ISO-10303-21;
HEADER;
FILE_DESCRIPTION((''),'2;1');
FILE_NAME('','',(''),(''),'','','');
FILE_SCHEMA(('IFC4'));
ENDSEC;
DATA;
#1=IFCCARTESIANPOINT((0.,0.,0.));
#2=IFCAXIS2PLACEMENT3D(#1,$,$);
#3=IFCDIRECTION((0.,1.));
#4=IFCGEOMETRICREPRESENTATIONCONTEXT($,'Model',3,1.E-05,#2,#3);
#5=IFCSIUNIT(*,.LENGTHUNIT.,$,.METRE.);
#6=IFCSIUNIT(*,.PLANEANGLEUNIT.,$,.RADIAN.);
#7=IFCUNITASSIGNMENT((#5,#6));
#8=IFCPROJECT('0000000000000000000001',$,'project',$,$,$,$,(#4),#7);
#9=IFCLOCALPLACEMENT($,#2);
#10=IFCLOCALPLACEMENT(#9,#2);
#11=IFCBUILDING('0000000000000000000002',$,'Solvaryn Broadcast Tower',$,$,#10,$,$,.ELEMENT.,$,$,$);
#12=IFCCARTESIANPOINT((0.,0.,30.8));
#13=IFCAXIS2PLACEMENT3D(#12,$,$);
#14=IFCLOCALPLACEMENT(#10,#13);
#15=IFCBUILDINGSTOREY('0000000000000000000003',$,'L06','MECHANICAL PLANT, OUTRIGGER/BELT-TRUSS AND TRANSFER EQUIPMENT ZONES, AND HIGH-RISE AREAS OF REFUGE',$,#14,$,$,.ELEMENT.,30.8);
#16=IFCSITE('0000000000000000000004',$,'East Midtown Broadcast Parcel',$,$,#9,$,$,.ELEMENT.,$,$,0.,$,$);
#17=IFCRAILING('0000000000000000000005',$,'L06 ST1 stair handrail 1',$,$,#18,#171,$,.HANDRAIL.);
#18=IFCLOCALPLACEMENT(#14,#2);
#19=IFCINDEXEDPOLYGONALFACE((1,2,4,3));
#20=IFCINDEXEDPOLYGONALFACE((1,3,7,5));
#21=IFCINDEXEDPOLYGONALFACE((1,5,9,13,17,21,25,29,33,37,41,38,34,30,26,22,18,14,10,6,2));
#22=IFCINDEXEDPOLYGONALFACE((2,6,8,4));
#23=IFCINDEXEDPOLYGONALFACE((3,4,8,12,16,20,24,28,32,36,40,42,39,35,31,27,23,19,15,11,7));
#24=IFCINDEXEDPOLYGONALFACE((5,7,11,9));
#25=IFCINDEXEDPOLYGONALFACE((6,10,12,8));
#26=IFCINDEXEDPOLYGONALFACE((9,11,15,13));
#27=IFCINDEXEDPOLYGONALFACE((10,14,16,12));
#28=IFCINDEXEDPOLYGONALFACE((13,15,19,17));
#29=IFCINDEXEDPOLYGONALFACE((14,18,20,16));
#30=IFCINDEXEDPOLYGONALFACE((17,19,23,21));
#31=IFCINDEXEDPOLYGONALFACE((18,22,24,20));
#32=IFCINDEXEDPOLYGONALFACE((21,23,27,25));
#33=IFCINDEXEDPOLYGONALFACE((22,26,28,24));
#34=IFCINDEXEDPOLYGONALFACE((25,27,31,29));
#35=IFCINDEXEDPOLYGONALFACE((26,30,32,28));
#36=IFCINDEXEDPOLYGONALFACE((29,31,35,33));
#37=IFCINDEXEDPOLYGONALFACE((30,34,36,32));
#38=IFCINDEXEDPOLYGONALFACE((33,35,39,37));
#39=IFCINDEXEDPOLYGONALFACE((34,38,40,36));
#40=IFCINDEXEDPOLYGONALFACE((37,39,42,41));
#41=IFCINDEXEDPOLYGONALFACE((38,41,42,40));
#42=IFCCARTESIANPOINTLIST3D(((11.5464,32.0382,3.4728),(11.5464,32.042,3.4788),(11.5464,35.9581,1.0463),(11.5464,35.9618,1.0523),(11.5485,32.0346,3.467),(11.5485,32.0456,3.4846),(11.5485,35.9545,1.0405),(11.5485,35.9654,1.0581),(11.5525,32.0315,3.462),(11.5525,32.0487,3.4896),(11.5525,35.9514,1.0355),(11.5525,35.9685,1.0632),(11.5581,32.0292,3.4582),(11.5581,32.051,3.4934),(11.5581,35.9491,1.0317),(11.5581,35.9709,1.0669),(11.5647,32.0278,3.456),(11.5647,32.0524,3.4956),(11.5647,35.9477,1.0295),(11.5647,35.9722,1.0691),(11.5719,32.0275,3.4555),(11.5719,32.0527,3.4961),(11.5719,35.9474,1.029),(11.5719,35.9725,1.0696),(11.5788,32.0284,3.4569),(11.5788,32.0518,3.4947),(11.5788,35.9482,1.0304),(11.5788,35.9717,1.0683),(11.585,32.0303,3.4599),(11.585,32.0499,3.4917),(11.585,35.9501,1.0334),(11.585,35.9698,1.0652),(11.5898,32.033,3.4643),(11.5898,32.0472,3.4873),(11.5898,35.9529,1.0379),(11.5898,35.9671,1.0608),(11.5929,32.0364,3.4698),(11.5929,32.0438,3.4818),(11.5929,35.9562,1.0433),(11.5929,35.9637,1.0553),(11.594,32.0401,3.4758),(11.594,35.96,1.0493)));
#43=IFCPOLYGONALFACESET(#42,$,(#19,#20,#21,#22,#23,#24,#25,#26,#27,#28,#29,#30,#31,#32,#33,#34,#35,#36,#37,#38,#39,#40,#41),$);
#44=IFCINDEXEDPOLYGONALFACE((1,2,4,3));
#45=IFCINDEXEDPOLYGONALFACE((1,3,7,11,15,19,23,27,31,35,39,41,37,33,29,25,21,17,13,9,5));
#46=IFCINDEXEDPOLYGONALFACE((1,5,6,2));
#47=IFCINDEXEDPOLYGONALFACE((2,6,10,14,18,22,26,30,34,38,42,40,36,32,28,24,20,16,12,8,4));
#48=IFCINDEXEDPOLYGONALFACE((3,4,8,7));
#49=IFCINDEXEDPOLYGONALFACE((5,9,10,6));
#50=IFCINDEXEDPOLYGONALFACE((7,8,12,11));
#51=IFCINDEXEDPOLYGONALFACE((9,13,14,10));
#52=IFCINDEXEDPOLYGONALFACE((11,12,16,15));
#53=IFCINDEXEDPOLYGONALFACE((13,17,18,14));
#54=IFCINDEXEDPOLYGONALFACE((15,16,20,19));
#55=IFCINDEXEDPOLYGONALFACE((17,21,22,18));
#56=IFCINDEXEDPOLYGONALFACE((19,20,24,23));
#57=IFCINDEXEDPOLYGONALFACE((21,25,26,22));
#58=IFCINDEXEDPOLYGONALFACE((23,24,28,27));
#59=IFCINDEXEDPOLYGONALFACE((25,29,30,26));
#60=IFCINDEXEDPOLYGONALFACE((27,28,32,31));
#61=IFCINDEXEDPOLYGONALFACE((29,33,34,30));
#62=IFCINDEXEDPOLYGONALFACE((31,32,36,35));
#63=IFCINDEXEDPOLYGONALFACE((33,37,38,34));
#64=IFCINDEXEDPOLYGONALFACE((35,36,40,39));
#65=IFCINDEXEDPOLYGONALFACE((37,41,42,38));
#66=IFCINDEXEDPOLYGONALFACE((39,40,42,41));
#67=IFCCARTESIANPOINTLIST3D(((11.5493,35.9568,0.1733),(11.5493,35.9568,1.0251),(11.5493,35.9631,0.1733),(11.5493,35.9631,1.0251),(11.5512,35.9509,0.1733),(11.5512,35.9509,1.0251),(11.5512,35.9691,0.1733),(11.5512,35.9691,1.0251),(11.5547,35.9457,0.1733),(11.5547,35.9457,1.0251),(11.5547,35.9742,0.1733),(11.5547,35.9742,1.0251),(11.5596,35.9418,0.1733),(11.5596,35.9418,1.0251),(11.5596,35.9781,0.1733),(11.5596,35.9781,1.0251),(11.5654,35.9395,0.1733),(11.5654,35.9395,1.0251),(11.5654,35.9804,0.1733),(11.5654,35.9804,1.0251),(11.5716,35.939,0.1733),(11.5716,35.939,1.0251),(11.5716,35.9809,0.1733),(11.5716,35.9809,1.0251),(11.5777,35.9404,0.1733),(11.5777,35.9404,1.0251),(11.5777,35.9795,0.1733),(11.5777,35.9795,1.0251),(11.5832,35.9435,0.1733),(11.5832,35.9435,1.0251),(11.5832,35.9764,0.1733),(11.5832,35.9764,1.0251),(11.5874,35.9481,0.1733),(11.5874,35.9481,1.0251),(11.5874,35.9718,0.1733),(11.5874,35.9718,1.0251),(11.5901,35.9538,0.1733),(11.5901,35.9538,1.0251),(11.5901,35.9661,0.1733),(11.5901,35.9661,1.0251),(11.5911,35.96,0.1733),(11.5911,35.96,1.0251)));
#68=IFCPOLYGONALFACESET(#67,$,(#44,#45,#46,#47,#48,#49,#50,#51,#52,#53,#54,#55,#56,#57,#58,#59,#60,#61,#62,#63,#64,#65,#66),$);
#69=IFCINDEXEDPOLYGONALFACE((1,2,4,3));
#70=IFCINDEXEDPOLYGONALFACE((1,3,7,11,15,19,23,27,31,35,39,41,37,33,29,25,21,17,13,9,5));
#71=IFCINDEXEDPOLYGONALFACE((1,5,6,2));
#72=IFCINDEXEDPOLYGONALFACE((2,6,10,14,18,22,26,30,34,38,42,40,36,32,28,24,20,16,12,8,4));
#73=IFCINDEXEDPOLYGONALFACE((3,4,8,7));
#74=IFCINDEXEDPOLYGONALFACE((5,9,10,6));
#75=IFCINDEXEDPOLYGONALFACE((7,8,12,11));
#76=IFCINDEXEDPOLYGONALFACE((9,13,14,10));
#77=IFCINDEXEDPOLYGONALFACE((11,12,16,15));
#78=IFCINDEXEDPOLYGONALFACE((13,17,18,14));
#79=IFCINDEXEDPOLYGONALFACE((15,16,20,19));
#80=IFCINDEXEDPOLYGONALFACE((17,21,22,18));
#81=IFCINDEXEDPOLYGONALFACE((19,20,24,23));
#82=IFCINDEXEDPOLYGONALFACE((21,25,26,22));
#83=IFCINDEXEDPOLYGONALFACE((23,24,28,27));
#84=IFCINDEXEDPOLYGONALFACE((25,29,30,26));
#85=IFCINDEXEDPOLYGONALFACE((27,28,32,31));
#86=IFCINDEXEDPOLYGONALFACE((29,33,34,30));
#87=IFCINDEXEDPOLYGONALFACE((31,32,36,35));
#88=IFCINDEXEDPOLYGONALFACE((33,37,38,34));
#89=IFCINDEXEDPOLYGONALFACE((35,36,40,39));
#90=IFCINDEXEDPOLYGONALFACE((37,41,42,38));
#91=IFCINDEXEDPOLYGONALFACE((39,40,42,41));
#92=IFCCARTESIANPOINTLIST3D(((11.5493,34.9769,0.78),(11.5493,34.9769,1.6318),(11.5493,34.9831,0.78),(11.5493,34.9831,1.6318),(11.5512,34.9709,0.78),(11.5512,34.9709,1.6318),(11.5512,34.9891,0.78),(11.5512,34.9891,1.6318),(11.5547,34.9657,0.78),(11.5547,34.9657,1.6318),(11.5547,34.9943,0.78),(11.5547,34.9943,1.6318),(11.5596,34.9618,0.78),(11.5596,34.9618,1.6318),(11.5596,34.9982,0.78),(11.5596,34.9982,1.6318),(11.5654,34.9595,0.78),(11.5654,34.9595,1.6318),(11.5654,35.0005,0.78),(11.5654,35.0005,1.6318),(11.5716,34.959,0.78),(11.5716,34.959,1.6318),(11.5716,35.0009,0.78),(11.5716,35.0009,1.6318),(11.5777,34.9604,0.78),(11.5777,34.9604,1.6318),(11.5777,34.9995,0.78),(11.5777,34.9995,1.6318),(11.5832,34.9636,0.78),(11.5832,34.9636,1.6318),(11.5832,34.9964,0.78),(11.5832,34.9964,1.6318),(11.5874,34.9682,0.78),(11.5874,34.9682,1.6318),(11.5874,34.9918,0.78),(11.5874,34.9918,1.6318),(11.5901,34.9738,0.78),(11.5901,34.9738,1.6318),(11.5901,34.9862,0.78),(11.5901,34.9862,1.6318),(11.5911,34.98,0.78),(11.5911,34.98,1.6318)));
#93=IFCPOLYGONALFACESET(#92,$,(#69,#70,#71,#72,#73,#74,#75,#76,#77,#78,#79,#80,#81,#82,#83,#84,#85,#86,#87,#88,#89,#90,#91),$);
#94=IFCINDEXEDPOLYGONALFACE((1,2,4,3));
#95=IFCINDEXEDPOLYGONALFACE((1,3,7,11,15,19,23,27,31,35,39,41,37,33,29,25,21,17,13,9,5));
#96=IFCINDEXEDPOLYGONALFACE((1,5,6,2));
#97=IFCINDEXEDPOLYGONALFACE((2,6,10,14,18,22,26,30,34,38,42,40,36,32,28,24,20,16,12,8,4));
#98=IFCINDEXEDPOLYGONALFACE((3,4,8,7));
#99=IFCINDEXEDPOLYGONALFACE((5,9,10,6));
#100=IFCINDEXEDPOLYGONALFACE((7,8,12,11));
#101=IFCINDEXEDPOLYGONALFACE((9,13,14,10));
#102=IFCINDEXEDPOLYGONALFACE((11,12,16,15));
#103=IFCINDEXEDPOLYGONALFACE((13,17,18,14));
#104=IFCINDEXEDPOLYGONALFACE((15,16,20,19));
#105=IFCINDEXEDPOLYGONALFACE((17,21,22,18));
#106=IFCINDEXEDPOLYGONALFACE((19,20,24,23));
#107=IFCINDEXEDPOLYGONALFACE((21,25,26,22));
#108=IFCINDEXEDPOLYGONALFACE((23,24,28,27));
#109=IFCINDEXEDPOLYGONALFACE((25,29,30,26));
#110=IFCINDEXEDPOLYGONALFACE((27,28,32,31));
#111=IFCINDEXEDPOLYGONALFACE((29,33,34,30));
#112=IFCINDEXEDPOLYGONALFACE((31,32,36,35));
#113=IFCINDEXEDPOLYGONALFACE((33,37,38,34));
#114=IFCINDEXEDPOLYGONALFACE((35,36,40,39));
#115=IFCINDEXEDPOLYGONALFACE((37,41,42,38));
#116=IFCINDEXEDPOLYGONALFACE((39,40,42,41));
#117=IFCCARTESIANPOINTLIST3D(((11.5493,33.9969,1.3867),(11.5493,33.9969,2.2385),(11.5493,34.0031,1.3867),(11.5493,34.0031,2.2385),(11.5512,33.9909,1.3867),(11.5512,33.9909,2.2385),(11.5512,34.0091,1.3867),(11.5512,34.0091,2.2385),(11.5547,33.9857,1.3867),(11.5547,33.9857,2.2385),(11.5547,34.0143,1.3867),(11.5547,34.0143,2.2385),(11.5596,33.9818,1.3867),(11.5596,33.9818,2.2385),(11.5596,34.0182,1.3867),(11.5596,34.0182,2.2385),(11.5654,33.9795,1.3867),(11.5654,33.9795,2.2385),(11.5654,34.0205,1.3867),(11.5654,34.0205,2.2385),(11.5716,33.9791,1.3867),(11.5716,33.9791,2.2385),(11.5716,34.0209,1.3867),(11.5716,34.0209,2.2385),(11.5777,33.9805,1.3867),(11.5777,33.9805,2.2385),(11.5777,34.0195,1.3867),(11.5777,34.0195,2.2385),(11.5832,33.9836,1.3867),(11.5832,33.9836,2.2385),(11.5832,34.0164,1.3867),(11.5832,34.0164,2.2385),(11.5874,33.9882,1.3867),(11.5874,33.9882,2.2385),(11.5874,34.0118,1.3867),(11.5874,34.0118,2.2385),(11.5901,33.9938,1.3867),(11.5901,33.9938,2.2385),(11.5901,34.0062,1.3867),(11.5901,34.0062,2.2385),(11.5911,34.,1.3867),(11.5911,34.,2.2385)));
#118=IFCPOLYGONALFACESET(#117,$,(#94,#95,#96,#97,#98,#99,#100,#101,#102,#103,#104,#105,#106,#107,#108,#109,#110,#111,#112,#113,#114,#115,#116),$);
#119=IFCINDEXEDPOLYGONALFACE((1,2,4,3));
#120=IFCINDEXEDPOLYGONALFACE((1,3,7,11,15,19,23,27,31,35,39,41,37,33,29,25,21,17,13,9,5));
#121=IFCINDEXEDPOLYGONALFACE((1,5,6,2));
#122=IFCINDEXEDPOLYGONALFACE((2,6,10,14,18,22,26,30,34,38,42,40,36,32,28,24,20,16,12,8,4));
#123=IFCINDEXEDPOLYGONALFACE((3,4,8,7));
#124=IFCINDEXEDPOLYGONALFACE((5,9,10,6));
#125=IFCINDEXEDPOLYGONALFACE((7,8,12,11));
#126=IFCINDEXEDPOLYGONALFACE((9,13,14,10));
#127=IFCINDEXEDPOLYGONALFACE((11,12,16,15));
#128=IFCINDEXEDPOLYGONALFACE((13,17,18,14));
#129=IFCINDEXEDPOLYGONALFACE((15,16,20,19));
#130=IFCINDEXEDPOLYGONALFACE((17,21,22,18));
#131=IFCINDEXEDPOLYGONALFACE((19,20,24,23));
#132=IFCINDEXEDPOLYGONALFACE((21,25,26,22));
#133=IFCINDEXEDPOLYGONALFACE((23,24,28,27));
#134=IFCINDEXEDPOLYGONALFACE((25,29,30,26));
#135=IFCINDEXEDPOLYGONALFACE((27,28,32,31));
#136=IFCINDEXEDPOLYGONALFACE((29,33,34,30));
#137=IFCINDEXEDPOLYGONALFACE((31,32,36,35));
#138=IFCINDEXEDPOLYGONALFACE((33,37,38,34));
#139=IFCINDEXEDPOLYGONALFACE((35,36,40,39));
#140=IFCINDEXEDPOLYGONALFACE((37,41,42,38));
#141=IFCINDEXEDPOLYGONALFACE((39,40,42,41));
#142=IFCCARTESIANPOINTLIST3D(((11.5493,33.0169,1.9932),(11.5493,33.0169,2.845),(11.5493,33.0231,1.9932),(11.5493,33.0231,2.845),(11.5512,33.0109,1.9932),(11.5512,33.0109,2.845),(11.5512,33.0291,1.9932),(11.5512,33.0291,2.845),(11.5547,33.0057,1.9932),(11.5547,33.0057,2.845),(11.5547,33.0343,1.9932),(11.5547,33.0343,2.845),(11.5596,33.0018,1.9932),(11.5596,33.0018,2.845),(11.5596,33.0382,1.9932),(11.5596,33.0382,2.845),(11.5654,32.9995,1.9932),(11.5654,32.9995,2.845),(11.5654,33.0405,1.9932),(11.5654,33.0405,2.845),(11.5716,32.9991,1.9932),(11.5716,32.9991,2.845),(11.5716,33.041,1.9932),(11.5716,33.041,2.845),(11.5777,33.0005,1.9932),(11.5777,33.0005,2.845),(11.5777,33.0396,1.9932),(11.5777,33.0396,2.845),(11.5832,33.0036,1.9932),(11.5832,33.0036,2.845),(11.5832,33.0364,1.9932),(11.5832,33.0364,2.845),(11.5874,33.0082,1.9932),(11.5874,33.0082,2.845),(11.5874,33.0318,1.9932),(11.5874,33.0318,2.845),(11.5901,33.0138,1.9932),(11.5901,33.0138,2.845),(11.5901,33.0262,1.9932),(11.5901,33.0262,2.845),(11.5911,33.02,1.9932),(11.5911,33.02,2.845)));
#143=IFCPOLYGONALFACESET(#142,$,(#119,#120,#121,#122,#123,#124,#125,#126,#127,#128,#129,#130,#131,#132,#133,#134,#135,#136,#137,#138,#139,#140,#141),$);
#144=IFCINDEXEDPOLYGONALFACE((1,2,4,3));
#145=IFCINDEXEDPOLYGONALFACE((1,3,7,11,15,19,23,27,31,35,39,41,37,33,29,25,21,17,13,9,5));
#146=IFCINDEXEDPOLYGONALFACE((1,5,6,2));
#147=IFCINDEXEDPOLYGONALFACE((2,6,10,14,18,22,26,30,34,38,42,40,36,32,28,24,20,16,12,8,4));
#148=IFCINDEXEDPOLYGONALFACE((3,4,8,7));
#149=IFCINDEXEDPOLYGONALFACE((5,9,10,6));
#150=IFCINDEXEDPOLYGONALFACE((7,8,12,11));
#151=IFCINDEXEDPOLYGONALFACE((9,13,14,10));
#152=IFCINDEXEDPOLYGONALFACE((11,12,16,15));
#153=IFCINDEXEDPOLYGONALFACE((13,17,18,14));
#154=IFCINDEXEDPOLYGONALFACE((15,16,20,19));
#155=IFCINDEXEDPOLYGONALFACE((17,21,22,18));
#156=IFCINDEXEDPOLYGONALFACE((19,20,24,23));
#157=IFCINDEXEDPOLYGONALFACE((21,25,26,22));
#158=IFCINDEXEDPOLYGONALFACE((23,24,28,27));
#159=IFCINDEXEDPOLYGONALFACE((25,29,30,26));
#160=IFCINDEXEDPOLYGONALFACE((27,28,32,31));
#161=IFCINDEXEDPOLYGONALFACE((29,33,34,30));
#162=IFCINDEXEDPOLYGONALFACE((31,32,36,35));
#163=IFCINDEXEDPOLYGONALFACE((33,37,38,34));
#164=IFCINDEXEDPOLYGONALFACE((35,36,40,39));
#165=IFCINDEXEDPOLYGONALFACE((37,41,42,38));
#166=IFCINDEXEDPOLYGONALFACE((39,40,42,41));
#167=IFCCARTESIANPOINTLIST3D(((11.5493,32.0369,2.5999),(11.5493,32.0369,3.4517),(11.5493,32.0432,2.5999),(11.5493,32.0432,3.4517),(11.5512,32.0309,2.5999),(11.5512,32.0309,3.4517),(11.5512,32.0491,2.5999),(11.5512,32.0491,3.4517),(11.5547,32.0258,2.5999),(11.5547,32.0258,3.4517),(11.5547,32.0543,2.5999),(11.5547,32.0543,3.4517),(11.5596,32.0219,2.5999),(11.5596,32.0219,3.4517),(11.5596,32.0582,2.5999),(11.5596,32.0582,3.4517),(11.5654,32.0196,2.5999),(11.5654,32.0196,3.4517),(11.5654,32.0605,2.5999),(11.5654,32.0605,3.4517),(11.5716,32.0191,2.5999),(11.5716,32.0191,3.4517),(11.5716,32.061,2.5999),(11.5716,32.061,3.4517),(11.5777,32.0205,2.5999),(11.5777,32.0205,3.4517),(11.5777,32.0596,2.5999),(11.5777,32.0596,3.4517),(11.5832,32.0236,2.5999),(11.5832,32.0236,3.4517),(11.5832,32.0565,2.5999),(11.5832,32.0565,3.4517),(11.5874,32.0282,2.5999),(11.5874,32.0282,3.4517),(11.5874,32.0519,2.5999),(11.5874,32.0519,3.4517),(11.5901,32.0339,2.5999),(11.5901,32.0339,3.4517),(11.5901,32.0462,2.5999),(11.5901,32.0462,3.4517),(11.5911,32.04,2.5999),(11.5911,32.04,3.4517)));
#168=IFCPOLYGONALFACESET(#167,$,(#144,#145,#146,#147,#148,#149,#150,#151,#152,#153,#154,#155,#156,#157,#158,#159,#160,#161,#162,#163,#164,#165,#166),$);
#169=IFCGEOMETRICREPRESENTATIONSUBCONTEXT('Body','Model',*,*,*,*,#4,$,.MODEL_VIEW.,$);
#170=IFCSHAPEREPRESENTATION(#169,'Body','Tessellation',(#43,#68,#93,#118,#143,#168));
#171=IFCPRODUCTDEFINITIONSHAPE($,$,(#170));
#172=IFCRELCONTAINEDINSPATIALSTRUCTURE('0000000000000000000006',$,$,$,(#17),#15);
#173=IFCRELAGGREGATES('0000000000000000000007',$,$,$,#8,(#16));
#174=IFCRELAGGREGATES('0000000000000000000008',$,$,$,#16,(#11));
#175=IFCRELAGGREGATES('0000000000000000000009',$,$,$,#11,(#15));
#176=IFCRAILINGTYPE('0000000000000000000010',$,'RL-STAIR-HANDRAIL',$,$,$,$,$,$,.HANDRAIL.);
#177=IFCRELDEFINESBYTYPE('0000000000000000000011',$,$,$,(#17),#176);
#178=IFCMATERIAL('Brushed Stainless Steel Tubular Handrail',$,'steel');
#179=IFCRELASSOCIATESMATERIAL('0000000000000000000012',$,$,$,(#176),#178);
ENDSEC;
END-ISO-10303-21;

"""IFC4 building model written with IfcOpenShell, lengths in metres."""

from ifc_helpers import new_model, si_unit, direction, frame, origin, origin_2d, place, context, subcontext, project, spatial, circle, extrude, material, type_object, element, save


model = new_model("IFC4")

# Units and contexts
model_context = context("Model", 3, precision=1e-05, world=origin(), true_north=direction((0.0, 1.0)))
body_context = subcontext(model_context, "Body", "Model", "MODEL_VIEW")
ifc_project = project(units=[si_unit("LENGTHUNIT", "METRE"), si_unit("PLANEANGLEUNIT", "RADIAN")], contexts=[model_context])

# Site, building, storey
site_placement = place(None, origin())
site = spatial("IfcSite", under=ifc_project, at=site_placement, Name="East Midtown Broadcast Parcel", CompositionType="ELEMENT", RefElevation=0.0)
building_placement = place(site_placement, origin())
building = spatial("IfcBuilding", under=site, at=building_placement, Name="Solvaryn Broadcast Tower", CompositionType="ELEMENT")
storey_placement = place(building_placement, frame((0.0, 0.0, 30.8)))
storey = spatial("IfcBuildingStorey", under=building, at=storey_placement, Name="L06", Description="MECHANICAL PLANT, OUTRIGGER/BELT-TRUSS AND TRANSFER EQUIPMENT ZONES, AND HIGH-RISE AREAS OF REFUGE", CompositionType="ELEMENT", Elevation=30.8)

# Railing
ifc_material_1 = material(Name="Brushed Stainless Steel Tubular Handrail", Category="steel")
railing_type_1 = type_object("IfcRailingType", Name="RL-STAIR-HANDRAIL", PredefinedType="HANDRAIL", material=ifc_material_1)
railing_1_placement = place(storey_placement, frame((11.5701, 35.96, 0.1733)))
element("IfcRailing", 1, at=railing_1_placement, inside=storey, type_object=railing_type_1, Name="L06 ST1 stair handrail 1", PredefinedType="HANDRAIL", context=body_context, shape_type="SweptSolid", body=[
    extrude(circle(Radius=0.0239, at=origin_2d()), frame((0.0, 0.0, 0.876), z_axis=(0.0, -0.850275, 0.526338), x_axis=(1.0, 0.0, 0.0)), (0.0, 0.0, 1.0), 4.6101),
    extrude(circle(Radius=0.021, at=origin_2d()), origin(), (0.0, 0.0, 1.0), 0.8518),
    extrude(circle(Radius=0.021, at=origin_2d()), frame((0.0, -0.98, 0.6067)), (0.0, 0.0, 1.0), 0.8518),
    extrude(circle(Radius=0.021, at=origin_2d()), frame((0.0, -1.96, 1.2134)), (0.0, 0.0, 1.0), 0.8518),
    extrude(circle(Radius=0.021, at=origin_2d()), frame((0.0, -2.9399, 1.8198)), (0.0, 0.0, 1.0), 0.8518),
    extrude(circle(Radius=0.021, at=origin_2d()), frame((0.0, -3.9199, 2.4265)), (0.0, 0.0, 1.0), 0.8518),
])

save(model, "model.ifc")
